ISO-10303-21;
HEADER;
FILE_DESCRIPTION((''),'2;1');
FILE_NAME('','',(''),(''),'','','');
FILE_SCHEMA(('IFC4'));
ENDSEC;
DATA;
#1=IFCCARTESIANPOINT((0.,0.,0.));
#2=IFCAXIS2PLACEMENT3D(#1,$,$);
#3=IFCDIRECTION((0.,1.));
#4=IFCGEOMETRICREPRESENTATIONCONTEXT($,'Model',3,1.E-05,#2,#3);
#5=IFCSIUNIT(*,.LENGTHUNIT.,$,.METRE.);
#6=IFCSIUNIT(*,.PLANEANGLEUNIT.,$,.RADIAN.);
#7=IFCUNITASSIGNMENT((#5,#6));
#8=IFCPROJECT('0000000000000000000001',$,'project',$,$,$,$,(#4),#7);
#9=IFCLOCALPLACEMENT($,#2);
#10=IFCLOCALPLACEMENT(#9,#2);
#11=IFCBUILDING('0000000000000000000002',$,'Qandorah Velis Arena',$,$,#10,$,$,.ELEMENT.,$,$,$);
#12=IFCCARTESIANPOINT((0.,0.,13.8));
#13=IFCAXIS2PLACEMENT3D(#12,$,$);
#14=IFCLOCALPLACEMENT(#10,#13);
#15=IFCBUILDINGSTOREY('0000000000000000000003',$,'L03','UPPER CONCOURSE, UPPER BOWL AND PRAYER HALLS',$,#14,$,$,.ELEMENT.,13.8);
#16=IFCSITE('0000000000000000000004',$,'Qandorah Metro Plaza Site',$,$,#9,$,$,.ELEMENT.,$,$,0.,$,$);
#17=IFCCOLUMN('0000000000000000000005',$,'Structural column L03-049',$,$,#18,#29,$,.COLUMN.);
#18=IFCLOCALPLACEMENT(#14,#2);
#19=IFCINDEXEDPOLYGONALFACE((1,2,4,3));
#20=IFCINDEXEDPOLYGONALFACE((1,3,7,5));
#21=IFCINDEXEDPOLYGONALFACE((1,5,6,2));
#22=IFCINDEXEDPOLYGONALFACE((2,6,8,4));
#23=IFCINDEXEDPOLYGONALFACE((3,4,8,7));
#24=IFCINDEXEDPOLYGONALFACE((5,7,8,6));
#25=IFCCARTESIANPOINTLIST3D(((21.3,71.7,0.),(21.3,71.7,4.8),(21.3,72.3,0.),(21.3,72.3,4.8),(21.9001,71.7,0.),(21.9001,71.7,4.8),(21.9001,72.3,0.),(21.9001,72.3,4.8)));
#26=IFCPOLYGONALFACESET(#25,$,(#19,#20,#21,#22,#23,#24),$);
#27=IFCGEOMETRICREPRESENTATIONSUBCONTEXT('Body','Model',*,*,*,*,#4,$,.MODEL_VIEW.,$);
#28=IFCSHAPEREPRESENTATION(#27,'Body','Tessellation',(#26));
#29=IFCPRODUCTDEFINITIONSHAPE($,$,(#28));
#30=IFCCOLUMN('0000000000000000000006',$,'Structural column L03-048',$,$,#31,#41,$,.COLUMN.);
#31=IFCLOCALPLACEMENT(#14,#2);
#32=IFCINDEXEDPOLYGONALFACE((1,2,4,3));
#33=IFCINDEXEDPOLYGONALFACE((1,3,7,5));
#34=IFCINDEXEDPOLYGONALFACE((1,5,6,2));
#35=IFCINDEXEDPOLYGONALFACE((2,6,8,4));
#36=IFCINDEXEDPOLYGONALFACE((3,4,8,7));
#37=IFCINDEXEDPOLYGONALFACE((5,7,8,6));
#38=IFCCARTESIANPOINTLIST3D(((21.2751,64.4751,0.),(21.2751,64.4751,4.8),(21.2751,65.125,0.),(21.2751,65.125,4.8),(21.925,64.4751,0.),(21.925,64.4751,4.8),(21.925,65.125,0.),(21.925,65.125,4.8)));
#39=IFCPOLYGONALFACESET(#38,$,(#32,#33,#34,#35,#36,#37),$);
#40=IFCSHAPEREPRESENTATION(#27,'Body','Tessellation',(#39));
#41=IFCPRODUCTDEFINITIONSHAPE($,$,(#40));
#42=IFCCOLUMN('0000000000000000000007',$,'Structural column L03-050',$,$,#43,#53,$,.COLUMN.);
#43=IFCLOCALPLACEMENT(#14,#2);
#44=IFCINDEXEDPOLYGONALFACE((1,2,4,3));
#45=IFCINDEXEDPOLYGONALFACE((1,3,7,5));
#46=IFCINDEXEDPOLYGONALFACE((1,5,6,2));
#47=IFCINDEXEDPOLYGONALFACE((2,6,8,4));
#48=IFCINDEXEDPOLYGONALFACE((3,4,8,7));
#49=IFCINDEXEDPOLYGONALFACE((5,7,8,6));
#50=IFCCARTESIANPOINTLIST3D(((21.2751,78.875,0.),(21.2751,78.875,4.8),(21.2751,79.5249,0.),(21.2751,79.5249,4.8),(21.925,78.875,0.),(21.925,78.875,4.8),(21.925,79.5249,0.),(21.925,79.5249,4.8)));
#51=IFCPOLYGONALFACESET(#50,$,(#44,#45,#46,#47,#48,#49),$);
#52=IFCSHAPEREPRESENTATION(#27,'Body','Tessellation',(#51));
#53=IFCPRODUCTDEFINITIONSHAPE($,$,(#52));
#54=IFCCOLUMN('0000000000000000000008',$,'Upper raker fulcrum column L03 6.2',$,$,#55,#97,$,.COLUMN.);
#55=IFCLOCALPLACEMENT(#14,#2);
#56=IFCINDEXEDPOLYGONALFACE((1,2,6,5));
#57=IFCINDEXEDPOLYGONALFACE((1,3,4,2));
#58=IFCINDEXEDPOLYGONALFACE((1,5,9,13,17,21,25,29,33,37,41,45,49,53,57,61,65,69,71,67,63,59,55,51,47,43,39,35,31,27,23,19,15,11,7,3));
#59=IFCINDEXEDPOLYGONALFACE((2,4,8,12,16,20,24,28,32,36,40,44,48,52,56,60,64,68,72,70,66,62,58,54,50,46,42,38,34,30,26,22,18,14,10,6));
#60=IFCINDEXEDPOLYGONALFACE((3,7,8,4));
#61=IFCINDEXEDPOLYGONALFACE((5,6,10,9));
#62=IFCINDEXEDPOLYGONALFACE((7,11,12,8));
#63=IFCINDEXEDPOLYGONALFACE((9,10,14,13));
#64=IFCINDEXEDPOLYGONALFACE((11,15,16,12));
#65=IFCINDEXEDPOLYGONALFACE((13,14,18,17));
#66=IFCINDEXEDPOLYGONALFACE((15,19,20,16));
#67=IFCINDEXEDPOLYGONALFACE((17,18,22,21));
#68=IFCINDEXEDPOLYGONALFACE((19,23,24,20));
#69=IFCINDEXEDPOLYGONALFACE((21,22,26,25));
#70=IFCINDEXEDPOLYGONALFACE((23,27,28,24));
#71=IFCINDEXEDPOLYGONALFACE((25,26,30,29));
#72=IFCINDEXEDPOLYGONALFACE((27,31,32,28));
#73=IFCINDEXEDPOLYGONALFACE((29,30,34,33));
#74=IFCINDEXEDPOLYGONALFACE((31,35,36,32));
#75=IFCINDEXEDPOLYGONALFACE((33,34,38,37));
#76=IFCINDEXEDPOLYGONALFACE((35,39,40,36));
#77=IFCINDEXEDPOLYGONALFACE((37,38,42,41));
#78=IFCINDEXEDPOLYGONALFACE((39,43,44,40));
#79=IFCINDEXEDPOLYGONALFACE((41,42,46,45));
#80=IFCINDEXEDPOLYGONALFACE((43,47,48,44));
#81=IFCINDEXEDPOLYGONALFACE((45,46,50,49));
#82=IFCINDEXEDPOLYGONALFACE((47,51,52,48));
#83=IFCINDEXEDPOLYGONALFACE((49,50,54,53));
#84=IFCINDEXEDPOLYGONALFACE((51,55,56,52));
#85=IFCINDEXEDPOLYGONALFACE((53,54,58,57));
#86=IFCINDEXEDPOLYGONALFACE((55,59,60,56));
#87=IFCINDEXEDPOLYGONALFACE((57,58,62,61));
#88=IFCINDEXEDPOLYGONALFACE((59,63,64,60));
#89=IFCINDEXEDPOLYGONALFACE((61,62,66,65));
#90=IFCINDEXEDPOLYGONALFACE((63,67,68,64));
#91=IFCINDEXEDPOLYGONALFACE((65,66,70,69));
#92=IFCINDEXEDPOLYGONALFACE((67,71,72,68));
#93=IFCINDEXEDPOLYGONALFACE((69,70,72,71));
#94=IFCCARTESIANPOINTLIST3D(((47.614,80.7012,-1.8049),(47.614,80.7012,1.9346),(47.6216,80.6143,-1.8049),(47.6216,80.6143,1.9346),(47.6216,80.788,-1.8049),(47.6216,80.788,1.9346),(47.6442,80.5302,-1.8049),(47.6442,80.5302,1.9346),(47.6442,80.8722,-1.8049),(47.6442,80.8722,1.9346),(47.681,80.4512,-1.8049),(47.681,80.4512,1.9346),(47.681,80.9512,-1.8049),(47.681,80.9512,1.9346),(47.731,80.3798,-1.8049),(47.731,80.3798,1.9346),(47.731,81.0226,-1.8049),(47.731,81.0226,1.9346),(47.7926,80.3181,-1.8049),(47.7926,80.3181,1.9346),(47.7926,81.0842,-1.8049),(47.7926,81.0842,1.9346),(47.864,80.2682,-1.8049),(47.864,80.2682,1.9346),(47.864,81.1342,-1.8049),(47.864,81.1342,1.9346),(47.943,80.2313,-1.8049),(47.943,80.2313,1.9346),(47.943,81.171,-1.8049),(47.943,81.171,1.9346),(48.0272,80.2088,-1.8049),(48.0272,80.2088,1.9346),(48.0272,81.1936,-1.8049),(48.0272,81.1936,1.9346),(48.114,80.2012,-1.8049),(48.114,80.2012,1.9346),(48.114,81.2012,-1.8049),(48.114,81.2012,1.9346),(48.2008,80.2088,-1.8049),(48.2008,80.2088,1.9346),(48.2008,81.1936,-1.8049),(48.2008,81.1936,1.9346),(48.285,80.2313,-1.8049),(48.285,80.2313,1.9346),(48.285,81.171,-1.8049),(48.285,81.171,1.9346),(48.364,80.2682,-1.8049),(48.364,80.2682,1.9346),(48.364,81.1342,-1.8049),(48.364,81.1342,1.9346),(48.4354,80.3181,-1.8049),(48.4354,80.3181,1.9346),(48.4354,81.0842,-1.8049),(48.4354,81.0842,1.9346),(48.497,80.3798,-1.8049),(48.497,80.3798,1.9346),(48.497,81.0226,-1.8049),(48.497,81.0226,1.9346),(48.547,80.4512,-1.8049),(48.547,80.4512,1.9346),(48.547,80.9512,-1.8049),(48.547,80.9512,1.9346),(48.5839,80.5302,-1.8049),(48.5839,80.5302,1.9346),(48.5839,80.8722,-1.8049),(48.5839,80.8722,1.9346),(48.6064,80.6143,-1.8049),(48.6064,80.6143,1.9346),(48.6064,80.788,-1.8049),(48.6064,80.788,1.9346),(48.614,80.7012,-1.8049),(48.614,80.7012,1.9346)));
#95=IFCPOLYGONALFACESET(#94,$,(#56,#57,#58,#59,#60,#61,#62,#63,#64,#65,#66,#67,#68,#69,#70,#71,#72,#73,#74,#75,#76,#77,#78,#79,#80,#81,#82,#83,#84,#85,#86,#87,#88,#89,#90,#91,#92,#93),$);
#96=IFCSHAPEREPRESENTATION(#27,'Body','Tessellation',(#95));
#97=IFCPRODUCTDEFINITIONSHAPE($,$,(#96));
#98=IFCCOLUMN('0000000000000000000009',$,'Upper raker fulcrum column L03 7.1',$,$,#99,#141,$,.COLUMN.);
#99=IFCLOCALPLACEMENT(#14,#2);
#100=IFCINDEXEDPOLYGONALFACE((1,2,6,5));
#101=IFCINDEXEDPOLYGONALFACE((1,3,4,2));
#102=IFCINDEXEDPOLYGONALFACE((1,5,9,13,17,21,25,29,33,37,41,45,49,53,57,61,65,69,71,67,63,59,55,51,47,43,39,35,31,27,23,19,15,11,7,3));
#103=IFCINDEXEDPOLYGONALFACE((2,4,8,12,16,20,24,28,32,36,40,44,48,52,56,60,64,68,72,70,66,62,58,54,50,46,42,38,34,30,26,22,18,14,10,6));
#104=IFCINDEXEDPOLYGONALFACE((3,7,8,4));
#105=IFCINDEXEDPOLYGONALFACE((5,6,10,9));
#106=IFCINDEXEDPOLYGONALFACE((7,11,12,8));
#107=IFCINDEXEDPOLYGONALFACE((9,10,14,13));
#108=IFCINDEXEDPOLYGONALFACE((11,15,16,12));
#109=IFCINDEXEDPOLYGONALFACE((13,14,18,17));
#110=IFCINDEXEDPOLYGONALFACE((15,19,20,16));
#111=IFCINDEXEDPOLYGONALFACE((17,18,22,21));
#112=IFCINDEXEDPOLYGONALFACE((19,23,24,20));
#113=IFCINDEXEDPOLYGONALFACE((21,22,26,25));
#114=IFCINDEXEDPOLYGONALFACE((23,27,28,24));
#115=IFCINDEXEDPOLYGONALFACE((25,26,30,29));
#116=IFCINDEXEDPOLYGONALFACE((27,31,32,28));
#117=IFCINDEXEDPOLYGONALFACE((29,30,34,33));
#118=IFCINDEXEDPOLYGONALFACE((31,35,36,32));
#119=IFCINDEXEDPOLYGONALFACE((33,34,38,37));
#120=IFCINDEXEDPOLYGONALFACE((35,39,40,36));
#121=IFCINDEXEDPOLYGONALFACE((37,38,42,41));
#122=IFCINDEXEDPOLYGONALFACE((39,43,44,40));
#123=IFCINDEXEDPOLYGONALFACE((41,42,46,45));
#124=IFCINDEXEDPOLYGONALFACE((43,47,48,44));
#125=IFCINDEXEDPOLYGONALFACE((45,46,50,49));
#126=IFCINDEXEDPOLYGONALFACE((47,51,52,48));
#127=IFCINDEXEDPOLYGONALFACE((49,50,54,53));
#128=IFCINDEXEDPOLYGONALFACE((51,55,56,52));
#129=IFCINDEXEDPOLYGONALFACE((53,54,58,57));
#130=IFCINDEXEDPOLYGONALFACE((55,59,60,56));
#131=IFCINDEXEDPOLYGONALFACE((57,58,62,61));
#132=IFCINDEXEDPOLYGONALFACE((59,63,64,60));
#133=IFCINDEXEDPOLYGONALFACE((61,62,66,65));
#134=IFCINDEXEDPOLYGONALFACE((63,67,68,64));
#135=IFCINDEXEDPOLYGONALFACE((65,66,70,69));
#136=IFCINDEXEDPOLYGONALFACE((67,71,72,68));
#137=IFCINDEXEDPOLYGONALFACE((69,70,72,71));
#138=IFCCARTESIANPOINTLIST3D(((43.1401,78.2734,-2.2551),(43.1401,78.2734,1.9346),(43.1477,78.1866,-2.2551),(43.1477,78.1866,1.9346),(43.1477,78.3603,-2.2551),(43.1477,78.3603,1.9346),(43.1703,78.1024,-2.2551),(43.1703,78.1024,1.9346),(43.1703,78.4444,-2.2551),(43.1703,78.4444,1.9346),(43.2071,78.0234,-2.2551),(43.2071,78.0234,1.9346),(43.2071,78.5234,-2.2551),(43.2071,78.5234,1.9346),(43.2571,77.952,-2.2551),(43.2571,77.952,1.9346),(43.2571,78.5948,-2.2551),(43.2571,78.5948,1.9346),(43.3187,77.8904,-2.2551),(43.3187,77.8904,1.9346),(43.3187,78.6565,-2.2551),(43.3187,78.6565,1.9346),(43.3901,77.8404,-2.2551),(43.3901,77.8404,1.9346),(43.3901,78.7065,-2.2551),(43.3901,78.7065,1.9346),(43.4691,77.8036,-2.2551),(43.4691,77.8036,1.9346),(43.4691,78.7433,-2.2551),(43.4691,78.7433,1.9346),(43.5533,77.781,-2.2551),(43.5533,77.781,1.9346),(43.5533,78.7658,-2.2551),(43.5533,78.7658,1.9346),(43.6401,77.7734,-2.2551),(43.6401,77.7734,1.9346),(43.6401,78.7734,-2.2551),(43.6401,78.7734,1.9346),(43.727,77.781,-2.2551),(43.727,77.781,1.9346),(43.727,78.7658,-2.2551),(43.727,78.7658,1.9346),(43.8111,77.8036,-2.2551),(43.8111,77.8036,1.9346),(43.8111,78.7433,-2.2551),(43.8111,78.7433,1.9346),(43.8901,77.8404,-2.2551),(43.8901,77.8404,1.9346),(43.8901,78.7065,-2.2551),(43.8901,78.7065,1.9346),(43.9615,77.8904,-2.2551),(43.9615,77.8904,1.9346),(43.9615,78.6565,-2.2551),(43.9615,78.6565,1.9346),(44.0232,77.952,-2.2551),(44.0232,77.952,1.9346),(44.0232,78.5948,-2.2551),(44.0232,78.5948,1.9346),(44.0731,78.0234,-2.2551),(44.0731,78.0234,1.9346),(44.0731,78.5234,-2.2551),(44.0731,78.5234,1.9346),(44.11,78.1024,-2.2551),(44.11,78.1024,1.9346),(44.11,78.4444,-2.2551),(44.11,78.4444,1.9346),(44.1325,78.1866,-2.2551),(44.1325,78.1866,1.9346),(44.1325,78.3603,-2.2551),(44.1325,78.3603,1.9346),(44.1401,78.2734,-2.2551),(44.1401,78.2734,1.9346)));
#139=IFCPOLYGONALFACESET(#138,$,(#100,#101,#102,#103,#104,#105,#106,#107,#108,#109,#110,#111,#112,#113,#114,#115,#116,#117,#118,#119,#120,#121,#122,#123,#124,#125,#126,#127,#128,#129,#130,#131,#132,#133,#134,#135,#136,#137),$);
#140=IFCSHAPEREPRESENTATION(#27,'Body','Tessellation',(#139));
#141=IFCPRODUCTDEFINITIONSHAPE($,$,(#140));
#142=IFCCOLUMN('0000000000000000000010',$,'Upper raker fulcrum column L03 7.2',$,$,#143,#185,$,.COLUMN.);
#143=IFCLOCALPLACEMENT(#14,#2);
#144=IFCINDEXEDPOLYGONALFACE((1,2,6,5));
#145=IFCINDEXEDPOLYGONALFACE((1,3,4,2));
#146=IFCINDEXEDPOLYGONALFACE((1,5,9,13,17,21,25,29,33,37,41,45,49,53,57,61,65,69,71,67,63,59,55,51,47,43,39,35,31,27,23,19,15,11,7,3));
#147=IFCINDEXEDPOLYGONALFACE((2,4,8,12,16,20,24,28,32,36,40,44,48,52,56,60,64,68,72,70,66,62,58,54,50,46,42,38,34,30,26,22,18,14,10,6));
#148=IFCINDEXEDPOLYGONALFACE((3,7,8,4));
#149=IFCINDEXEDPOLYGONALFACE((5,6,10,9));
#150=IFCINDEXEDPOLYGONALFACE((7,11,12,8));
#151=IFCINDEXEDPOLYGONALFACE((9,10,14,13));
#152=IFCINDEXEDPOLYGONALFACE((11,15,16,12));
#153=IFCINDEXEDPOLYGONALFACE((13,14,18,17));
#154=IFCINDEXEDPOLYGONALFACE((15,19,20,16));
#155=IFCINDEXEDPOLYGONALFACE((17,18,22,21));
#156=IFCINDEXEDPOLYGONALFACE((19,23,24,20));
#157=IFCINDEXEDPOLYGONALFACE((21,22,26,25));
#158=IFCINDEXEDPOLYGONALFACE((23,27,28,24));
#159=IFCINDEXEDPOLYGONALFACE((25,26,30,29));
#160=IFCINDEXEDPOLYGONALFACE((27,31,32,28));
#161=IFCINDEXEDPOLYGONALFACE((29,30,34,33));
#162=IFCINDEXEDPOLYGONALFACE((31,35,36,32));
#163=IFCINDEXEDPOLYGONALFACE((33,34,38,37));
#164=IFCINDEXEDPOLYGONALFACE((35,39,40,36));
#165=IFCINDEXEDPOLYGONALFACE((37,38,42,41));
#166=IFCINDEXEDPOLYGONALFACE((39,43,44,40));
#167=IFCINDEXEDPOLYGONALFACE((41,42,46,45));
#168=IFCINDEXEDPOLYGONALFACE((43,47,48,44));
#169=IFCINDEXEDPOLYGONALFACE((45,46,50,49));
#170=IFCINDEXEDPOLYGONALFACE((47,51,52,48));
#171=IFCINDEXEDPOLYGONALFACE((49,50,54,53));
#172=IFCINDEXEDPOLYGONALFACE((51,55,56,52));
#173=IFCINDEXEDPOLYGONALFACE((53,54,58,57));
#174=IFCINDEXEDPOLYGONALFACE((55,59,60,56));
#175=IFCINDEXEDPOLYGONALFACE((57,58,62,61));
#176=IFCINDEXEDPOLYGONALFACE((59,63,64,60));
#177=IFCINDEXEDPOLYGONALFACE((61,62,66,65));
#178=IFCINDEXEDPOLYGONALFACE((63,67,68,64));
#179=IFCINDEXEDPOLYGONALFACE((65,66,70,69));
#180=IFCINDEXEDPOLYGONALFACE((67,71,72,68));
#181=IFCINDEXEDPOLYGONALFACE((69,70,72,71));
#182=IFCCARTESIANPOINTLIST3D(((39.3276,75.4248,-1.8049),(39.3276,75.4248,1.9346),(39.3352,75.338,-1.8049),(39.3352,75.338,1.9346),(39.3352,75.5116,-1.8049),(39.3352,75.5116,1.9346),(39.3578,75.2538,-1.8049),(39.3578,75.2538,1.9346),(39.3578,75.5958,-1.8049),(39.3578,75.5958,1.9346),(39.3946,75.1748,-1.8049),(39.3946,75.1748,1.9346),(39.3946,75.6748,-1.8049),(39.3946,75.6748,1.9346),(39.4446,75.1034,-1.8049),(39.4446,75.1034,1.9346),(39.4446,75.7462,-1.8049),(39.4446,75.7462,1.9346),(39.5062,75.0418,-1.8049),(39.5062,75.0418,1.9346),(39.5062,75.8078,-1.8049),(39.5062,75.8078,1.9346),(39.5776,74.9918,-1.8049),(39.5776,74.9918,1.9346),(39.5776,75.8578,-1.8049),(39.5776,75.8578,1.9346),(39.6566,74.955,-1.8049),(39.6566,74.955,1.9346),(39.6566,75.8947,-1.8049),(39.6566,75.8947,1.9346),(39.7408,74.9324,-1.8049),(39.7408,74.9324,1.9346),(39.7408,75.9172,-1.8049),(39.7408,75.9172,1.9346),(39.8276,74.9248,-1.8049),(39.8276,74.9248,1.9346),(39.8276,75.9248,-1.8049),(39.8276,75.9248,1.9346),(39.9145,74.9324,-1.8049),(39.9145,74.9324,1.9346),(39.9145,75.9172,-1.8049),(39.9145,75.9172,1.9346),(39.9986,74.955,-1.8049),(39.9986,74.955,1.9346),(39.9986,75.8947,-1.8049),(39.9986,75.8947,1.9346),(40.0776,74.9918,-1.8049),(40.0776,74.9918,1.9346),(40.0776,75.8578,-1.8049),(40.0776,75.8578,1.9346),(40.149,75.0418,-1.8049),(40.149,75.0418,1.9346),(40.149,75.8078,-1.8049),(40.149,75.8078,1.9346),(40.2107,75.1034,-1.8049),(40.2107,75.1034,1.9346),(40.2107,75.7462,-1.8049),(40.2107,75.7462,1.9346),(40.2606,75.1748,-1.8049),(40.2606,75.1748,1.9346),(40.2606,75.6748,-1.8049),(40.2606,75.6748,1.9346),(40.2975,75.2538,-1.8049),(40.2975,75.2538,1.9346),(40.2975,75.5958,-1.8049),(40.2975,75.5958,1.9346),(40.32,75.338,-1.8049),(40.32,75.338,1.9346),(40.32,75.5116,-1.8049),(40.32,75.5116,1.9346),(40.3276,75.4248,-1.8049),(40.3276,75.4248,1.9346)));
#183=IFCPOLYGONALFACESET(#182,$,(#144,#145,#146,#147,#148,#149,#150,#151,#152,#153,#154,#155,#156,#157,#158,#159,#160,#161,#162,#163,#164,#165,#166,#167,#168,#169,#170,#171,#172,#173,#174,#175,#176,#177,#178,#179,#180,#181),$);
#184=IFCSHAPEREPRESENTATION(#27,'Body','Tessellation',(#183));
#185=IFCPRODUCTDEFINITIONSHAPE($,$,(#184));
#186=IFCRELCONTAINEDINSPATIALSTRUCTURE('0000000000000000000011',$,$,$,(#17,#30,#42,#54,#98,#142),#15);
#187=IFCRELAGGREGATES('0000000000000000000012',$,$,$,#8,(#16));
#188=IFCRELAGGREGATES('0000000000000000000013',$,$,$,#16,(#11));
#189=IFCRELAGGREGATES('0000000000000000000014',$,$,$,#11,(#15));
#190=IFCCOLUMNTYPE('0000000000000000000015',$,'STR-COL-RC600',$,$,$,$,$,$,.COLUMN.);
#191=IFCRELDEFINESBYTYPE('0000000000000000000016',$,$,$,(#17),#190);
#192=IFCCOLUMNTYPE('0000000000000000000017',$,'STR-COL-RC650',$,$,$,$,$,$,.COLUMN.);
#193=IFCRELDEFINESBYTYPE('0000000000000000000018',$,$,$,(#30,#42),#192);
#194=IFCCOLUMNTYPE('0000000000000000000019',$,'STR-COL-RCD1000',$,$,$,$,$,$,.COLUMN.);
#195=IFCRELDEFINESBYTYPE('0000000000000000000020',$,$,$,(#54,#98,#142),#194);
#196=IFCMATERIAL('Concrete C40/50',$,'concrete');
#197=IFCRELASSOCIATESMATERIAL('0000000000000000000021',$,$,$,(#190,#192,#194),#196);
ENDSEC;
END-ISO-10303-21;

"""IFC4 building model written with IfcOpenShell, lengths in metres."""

from ifc_helpers import new_model, si_unit, direction, frame, origin, origin_2d, place, context, subcontext, project, spatial, rectangle, circle, extrude, material, material_profile, profile_set, type_object, element, save


model = new_model("IFC4")

# Units and contexts
model_context = context("Model", 3, precision=1e-05, world=origin(), true_north=direction((0.0, 1.0)))
body_context = subcontext(model_context, "Body", "Model", "MODEL_VIEW")
ifc_project = project(units=[si_unit("LENGTHUNIT", "METRE"), si_unit("PLANEANGLEUNIT", "RADIAN")], contexts=[model_context])

# Site, building, storey
site_placement = place(None, origin())
site = spatial("IfcSite", under=ifc_project, at=site_placement, Name="Qandorah Metro Plaza Site", CompositionType="ELEMENT", RefElevation=0.0)
building_placement = place(site_placement, origin())
building = spatial("IfcBuilding", under=site, at=building_placement, Name="Qandorah Velis Arena", CompositionType="ELEMENT")
storey_placement = place(building_placement, frame((0.0, 0.0, 13.8)))
storey = spatial("IfcBuildingStorey", under=building, at=storey_placement, Name="L03", Description="UPPER CONCOURSE, UPPER BOWL AND PRAYER HALLS", CompositionType="ELEMENT", Elevation=13.8)

# Columns
ifc_material_1 = material(Name="Concrete C40/50", Category="concrete")
ifc_material_profile_1 = material_profile(ifc_material_1, rectangle(XDim=0.6001, YDim=0.6001, at=origin_2d()), Name="RC COL 600x600")
ifc_profile_set_1 = profile_set([ifc_material_profile_1], Name="Concrete C40/50")
column_type_1 = type_object("IfcColumnType", Name="STR-COL-RC600", PredefinedType="COLUMN", material=ifc_profile_set_1)
column_1_placement = place(storey_placement, frame((21.6001, 72.0, 0.0), z_axis=(0.0, 0.0, 1.0), x_axis=(1.0, 0.0, 0.0)))
element("IfcColumn", 1, at=column_1_placement, inside=storey, type_object=column_type_1, Name="Structural column L03-049", PredefinedType="COLUMN", context=body_context, shape_type="SweptSolid", body=[
    extrude(rectangle(XDim=0.6001, YDim=0.6001, at=origin_2d()), origin(), (0.0, 0.0, 1.0), 4.8),
])
ifc_material_profile_2 = material_profile(ifc_material_1, rectangle(XDim=0.6499, YDim=0.6499, at=origin_2d()), Name="RC COL 650x650")
ifc_profile_set_2 = profile_set([ifc_material_profile_2], Name="Concrete C40/50")
column_type_2 = type_object("IfcColumnType", Name="STR-COL-RC650", PredefinedType="COLUMN", material=ifc_profile_set_2)
for number, where, z_axis, x_axis, name in (
    (2, (21.6001, 64.8, 0.0), (0.0, 0.0, 1.0), (1.0, 0.0, 0.0), "Structural column L03-048"),
    (3, (21.6001, 79.2, 0.0), (0.0, 0.0, 1.0), (1.0, 0.0, 0.0), "Structural column L03-050"),
):
    element("IfcColumn", number, at=place(storey_placement, frame(where, z_axis=z_axis, x_axis=x_axis)), inside=storey, type_object=column_type_2, Name=name, PredefinedType="COLUMN", context=body_context, shape_type="SweptSolid", body=[
        extrude(rectangle(XDim=0.6499, YDim=0.6499, at=origin_2d()), origin(), (0.0, 0.0, 1.0), 4.8),
    ])
ifc_material_profile_3 = material_profile(ifc_material_1, circle(Radius=0.5, at=origin_2d()), Name="RC D1000")
ifc_profile_set_3 = profile_set([ifc_material_profile_3], Name="Concrete C40/50")
column_type_3 = type_object("IfcColumnType", Name="STR-COL-RCD1000", PredefinedType="COLUMN", material=ifc_profile_set_3)
column_2_placement = place(storey_placement, frame((48.114, 80.7012, -1.8049), z_axis=(0.0, 0.0, 1.0), x_axis=(1.0, 0.0, 0.0)))
element("IfcColumn", 4, at=column_2_placement, inside=storey, type_object=column_type_3, Name="Upper raker fulcrum column L03 6.2", PredefinedType="COLUMN", context=body_context, shape_type="SweptSolid", body=[
    extrude(circle(Radius=0.5, at=origin_2d()), origin(), (0.0, 0.0, 1.0), 3.7395),
])
column_3_placement = place(storey_placement, frame((43.6401, 78.2734, -2.2551), z_axis=(0.0, 0.0, 1.0), x_axis=(1.0, 0.0, 0.0)))
element("IfcColumn", 5, at=column_3_placement, inside=storey, type_object=column_type_3, Name="Upper raker fulcrum column L03 7.1", PredefinedType="COLUMN", context=body_context, shape_type="SweptSolid", body=[
    extrude(circle(Radius=0.5, at=origin_2d()), origin(), (0.0, 0.0, 1.0), 4.1897),
])
column_4_placement = place(storey_placement, frame((39.8276, 75.4248, -1.8049), z_axis=(0.0, 0.0, 1.0), x_axis=(1.0, 0.0, 0.0)))
element("IfcColumn", 6, at=column_4_placement, inside=storey, type_object=column_type_3, Name="Upper raker fulcrum column L03 7.2", PredefinedType="COLUMN", context=body_context, shape_type="SweptSolid", body=[
    extrude(circle(Radius=0.5, at=origin_2d()), origin(), (0.0, 0.0, 1.0), 3.7395),
])

save(model, "model.ifc")
